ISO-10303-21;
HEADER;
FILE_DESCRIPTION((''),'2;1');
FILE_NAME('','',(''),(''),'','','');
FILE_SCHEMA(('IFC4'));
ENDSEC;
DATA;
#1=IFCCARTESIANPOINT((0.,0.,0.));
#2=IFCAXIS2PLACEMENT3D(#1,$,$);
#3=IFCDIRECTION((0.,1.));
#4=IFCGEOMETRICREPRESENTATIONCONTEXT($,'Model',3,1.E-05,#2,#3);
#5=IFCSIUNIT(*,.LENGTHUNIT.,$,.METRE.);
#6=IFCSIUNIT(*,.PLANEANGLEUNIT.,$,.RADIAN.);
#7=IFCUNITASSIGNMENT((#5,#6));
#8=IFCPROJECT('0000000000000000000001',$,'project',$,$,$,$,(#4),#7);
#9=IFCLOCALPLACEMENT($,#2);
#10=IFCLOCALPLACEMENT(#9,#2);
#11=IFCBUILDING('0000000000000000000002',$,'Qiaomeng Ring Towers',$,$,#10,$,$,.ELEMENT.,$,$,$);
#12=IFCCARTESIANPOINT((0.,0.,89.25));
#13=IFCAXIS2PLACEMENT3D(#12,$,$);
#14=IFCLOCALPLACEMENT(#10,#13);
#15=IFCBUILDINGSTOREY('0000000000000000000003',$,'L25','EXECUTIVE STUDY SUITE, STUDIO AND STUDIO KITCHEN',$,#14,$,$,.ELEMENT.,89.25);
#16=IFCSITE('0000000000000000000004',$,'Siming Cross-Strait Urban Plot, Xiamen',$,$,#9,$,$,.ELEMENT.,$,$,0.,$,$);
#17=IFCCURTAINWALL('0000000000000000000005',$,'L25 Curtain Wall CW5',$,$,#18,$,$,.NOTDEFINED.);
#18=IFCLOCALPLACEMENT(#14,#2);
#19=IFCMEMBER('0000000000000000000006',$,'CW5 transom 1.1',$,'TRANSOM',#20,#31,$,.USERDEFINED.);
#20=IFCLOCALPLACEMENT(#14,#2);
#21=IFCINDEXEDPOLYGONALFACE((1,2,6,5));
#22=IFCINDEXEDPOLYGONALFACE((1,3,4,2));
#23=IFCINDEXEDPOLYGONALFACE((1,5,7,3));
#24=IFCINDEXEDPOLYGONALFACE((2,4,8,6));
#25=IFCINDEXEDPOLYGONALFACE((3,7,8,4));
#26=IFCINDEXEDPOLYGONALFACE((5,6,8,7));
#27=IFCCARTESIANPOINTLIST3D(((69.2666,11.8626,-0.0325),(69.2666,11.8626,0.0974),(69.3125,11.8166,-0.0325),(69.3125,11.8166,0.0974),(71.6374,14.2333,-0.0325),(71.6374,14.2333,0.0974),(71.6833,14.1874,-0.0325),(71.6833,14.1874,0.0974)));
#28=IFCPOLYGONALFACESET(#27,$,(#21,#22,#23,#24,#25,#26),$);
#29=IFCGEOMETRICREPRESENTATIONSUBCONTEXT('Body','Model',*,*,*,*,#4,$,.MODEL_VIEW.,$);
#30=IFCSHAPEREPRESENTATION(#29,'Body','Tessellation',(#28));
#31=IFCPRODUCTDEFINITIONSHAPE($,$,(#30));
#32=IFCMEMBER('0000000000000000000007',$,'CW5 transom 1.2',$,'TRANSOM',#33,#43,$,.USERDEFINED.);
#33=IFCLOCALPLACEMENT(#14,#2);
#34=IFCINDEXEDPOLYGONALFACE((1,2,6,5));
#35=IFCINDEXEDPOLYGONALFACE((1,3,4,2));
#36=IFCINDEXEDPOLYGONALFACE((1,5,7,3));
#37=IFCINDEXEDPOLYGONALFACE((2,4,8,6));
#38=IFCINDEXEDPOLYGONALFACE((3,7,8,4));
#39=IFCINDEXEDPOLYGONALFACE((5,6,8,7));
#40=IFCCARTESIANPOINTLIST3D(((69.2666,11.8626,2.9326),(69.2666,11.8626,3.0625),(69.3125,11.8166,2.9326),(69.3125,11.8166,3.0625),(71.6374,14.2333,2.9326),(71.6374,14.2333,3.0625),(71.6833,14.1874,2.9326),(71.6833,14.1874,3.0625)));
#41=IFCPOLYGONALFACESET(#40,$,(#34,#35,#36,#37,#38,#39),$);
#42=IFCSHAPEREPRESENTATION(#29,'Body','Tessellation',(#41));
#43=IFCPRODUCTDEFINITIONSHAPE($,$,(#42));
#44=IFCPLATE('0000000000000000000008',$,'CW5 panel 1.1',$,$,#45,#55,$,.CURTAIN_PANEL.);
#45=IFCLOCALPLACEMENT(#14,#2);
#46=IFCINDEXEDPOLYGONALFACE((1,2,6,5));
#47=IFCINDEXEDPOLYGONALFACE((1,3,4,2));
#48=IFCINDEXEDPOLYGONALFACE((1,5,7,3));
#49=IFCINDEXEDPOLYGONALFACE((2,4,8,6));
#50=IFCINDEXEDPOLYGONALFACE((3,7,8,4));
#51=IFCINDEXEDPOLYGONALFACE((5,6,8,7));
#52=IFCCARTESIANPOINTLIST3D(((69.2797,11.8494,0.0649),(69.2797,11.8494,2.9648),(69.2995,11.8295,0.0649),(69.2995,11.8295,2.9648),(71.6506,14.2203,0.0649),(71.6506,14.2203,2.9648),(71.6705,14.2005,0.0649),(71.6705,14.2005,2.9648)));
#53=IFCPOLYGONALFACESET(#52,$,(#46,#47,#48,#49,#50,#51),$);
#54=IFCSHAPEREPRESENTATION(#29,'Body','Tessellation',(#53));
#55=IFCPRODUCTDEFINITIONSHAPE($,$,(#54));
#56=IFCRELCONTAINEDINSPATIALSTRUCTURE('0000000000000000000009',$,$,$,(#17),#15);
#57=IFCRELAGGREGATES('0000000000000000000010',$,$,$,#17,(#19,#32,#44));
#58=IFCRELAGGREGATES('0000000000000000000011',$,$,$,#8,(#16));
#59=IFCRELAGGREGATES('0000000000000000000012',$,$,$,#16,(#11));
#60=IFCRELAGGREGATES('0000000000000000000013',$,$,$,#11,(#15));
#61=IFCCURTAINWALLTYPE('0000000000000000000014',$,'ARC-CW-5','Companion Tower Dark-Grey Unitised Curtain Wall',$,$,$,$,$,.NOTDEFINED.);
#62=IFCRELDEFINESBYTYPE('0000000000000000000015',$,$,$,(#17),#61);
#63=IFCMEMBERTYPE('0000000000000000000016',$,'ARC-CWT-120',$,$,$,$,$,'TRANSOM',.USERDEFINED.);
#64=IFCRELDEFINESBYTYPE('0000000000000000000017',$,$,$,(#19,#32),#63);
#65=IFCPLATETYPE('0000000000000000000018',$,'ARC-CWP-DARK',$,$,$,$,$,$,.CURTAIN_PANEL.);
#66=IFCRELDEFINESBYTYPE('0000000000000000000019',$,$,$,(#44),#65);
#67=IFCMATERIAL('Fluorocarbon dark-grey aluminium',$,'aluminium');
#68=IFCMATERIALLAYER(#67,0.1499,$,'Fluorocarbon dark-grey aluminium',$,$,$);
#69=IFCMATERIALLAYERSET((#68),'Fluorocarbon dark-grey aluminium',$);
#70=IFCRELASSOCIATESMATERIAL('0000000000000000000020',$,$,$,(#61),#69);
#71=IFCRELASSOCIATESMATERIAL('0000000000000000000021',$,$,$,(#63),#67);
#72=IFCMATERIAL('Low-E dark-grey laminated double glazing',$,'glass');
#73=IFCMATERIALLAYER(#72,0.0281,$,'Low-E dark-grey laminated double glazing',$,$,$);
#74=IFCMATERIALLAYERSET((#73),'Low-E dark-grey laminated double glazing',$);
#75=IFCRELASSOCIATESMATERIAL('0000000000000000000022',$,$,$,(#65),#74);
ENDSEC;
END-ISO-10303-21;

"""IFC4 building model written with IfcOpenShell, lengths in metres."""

from ifc_helpers import new_model, si_unit, direction, frame, origin, origin_2d, place, context, subcontext, project, spatial, rectangle, extrude, source, transform, mapped, material, layer, layer_set, material_profile, profile_set, type_object, element, aggregate, save


model = new_model("IFC4")

# Units and contexts
model_context = context("Model", 3, precision=1e-05, world=origin(), true_north=direction((0.0, 1.0)))
body_context = subcontext(model_context, "Body", "Model", "MODEL_VIEW")
ifc_project = project(units=[si_unit("LENGTHUNIT", "METRE"), si_unit("PLANEANGLEUNIT", "RADIAN")], contexts=[model_context])

# Site, building, storey
site_placement = place(None, origin())
site = spatial("IfcSite", under=ifc_project, at=site_placement, Name="Siming Cross-Strait Urban Plot, Xiamen", CompositionType="ELEMENT", RefElevation=0.0)
building_placement = place(site_placement, origin())
building = spatial("IfcBuilding", under=site, at=building_placement, Name="Qiaomeng Ring Towers", CompositionType="ELEMENT")
storey_placement = place(building_placement, frame((0.0, 0.0, 89.25)))
storey = spatial("IfcBuildingStorey", under=building, at=storey_placement, Name="L25", Description="EXECUTIVE STUDY SUITE, STUDIO AND STUDIO KITCHEN", CompositionType="ELEMENT", Elevation=89.25)

# Curtain wall
ifc_material_1 = material(Name="Fluorocarbon dark-grey aluminium", Category="aluminium")
ifc_layer_1 = layer(ifc_material_1, 0.1499, Name="Fluorocarbon dark-grey aluminium")
ifc_layer_set_1 = layer_set([ifc_layer_1], Name="Fluorocarbon dark-grey aluminium")
curtain_wall_type = type_object("IfcCurtainWallType", Name="ARC-CW-5", Description="Companion Tower Dark-Grey Unitised Curtain Wall", PredefinedType="NOTDEFINED", material=ifc_layer_set_1)
curtain_wall_1_placement = place(storey_placement, origin())
curtain_wall_1 = element("IfcCurtainWall", 1, at=curtain_wall_1_placement, inside=storey, type_object=curtain_wall_type, Name="L25 Curtain Wall CW5", PredefinedType="NOTDEFINED")

# Members
ifc_material_profile_1 = material_profile(ifc_material_1, rectangle(XDim=0.0649, YDim=0.1299, at=origin_2d()), Name="ALU TRAN 65x130")
ifc_profile_set_1 = profile_set([ifc_material_profile_1], Name="Fluorocarbon dark-grey aluminium")
member_type_1 = type_object("IfcMemberType", Name="ARC-CWT-120", ElementType="TRANSOM", PredefinedType="USERDEFINED", material=ifc_profile_set_1)
shared_shape_1 = source(origin(), body_context, "Body", "SweptSolid", [
    extrude(rectangle(XDim=0.0649, YDim=0.1299, at=origin_2d()), origin(), (0.0, 0.0, 1.0), 3.3528),
])
member_1_placement = place(storey_placement, frame((69.2896, 11.8396, 0.0325), z_axis=(0.707107, 0.707107, 0.0), x_axis=(-0.707107, 0.707107, 0.0)))
member_1 = element("IfcMember", 2, at=member_1_placement, type_object=member_type_1, Name="CW5 transom 1.1", ObjectType="TRANSOM", PredefinedType="USERDEFINED", context=body_context, shape_type="MappedRepresentation", body=[
    mapped(shared_shape_1, transform((0.0, 0.0, 0.0), x_axis=(1.0, 0.0, 0.0), y_axis=(0.0, 1.0, 0.0), z_axis=(0.0, 0.0, 1.0), scale=1.0)),
])
member_2_placement = place(storey_placement, frame((69.2896, 11.8396, 2.9976), z_axis=(0.707107, 0.707107, 0.0), x_axis=(-0.707107, 0.707107, 0.0)))
member_2 = element("IfcMember", 3, at=member_2_placement, type_object=member_type_1, Name="CW5 transom 1.2", ObjectType="TRANSOM", PredefinedType="USERDEFINED", context=body_context, shape_type="MappedRepresentation", body=[
    mapped(shared_shape_1, transform((0.0, 0.0, 0.0), x_axis=(1.0, 0.0, 0.0), y_axis=(0.0, 1.0, 0.0), z_axis=(0.0, 0.0, 1.0), scale=1.0)),
])

# Plate
ifc_material_2 = material(Name="Low-E dark-grey laminated double glazing", Category="glass")
ifc_layer_2 = layer(ifc_material_2, 0.0281, Name="Low-E dark-grey laminated double glazing")
ifc_layer_set_2 = layer_set([ifc_layer_2], Name="Low-E dark-grey laminated double glazing")
plate_type = type_object("IfcPlateType", Name="ARC-CWP-DARK", PredefinedType="CURTAIN_PANEL", material=ifc_layer_set_2)
shared_shape_2 = source(origin(), body_context, "Body", "SweptSolid", [
    extrude(rectangle(XDim=3.353, YDim=0.0281, at=origin_2d()), origin(), (0.0, 0.0, 1.0), 2.8999),
])
plate_placement = place(storey_placement, frame((70.4751, 13.0249, 0.0649), z_axis=(0.0, 0.0, 1.0), x_axis=(0.707107, 0.707107, 0.0)))
plate = element("IfcPlate", 4, at=plate_placement, type_object=plate_type, Name="CW5 panel 1.1", PredefinedType="CURTAIN_PANEL", context=body_context, shape_type="MappedRepresentation", body=[
    mapped(shared_shape_2, transform((0.0, 0.0, 0.0), x_axis=(1.0, 0.0, 0.0), y_axis=(0.0, 1.0, 0.0), z_axis=(0.0, 0.0, 1.0), scale=1.0)),
])
aggregate(curtain_wall_1, [member_1, member_2, plate])

save(model, "model.ifc")
